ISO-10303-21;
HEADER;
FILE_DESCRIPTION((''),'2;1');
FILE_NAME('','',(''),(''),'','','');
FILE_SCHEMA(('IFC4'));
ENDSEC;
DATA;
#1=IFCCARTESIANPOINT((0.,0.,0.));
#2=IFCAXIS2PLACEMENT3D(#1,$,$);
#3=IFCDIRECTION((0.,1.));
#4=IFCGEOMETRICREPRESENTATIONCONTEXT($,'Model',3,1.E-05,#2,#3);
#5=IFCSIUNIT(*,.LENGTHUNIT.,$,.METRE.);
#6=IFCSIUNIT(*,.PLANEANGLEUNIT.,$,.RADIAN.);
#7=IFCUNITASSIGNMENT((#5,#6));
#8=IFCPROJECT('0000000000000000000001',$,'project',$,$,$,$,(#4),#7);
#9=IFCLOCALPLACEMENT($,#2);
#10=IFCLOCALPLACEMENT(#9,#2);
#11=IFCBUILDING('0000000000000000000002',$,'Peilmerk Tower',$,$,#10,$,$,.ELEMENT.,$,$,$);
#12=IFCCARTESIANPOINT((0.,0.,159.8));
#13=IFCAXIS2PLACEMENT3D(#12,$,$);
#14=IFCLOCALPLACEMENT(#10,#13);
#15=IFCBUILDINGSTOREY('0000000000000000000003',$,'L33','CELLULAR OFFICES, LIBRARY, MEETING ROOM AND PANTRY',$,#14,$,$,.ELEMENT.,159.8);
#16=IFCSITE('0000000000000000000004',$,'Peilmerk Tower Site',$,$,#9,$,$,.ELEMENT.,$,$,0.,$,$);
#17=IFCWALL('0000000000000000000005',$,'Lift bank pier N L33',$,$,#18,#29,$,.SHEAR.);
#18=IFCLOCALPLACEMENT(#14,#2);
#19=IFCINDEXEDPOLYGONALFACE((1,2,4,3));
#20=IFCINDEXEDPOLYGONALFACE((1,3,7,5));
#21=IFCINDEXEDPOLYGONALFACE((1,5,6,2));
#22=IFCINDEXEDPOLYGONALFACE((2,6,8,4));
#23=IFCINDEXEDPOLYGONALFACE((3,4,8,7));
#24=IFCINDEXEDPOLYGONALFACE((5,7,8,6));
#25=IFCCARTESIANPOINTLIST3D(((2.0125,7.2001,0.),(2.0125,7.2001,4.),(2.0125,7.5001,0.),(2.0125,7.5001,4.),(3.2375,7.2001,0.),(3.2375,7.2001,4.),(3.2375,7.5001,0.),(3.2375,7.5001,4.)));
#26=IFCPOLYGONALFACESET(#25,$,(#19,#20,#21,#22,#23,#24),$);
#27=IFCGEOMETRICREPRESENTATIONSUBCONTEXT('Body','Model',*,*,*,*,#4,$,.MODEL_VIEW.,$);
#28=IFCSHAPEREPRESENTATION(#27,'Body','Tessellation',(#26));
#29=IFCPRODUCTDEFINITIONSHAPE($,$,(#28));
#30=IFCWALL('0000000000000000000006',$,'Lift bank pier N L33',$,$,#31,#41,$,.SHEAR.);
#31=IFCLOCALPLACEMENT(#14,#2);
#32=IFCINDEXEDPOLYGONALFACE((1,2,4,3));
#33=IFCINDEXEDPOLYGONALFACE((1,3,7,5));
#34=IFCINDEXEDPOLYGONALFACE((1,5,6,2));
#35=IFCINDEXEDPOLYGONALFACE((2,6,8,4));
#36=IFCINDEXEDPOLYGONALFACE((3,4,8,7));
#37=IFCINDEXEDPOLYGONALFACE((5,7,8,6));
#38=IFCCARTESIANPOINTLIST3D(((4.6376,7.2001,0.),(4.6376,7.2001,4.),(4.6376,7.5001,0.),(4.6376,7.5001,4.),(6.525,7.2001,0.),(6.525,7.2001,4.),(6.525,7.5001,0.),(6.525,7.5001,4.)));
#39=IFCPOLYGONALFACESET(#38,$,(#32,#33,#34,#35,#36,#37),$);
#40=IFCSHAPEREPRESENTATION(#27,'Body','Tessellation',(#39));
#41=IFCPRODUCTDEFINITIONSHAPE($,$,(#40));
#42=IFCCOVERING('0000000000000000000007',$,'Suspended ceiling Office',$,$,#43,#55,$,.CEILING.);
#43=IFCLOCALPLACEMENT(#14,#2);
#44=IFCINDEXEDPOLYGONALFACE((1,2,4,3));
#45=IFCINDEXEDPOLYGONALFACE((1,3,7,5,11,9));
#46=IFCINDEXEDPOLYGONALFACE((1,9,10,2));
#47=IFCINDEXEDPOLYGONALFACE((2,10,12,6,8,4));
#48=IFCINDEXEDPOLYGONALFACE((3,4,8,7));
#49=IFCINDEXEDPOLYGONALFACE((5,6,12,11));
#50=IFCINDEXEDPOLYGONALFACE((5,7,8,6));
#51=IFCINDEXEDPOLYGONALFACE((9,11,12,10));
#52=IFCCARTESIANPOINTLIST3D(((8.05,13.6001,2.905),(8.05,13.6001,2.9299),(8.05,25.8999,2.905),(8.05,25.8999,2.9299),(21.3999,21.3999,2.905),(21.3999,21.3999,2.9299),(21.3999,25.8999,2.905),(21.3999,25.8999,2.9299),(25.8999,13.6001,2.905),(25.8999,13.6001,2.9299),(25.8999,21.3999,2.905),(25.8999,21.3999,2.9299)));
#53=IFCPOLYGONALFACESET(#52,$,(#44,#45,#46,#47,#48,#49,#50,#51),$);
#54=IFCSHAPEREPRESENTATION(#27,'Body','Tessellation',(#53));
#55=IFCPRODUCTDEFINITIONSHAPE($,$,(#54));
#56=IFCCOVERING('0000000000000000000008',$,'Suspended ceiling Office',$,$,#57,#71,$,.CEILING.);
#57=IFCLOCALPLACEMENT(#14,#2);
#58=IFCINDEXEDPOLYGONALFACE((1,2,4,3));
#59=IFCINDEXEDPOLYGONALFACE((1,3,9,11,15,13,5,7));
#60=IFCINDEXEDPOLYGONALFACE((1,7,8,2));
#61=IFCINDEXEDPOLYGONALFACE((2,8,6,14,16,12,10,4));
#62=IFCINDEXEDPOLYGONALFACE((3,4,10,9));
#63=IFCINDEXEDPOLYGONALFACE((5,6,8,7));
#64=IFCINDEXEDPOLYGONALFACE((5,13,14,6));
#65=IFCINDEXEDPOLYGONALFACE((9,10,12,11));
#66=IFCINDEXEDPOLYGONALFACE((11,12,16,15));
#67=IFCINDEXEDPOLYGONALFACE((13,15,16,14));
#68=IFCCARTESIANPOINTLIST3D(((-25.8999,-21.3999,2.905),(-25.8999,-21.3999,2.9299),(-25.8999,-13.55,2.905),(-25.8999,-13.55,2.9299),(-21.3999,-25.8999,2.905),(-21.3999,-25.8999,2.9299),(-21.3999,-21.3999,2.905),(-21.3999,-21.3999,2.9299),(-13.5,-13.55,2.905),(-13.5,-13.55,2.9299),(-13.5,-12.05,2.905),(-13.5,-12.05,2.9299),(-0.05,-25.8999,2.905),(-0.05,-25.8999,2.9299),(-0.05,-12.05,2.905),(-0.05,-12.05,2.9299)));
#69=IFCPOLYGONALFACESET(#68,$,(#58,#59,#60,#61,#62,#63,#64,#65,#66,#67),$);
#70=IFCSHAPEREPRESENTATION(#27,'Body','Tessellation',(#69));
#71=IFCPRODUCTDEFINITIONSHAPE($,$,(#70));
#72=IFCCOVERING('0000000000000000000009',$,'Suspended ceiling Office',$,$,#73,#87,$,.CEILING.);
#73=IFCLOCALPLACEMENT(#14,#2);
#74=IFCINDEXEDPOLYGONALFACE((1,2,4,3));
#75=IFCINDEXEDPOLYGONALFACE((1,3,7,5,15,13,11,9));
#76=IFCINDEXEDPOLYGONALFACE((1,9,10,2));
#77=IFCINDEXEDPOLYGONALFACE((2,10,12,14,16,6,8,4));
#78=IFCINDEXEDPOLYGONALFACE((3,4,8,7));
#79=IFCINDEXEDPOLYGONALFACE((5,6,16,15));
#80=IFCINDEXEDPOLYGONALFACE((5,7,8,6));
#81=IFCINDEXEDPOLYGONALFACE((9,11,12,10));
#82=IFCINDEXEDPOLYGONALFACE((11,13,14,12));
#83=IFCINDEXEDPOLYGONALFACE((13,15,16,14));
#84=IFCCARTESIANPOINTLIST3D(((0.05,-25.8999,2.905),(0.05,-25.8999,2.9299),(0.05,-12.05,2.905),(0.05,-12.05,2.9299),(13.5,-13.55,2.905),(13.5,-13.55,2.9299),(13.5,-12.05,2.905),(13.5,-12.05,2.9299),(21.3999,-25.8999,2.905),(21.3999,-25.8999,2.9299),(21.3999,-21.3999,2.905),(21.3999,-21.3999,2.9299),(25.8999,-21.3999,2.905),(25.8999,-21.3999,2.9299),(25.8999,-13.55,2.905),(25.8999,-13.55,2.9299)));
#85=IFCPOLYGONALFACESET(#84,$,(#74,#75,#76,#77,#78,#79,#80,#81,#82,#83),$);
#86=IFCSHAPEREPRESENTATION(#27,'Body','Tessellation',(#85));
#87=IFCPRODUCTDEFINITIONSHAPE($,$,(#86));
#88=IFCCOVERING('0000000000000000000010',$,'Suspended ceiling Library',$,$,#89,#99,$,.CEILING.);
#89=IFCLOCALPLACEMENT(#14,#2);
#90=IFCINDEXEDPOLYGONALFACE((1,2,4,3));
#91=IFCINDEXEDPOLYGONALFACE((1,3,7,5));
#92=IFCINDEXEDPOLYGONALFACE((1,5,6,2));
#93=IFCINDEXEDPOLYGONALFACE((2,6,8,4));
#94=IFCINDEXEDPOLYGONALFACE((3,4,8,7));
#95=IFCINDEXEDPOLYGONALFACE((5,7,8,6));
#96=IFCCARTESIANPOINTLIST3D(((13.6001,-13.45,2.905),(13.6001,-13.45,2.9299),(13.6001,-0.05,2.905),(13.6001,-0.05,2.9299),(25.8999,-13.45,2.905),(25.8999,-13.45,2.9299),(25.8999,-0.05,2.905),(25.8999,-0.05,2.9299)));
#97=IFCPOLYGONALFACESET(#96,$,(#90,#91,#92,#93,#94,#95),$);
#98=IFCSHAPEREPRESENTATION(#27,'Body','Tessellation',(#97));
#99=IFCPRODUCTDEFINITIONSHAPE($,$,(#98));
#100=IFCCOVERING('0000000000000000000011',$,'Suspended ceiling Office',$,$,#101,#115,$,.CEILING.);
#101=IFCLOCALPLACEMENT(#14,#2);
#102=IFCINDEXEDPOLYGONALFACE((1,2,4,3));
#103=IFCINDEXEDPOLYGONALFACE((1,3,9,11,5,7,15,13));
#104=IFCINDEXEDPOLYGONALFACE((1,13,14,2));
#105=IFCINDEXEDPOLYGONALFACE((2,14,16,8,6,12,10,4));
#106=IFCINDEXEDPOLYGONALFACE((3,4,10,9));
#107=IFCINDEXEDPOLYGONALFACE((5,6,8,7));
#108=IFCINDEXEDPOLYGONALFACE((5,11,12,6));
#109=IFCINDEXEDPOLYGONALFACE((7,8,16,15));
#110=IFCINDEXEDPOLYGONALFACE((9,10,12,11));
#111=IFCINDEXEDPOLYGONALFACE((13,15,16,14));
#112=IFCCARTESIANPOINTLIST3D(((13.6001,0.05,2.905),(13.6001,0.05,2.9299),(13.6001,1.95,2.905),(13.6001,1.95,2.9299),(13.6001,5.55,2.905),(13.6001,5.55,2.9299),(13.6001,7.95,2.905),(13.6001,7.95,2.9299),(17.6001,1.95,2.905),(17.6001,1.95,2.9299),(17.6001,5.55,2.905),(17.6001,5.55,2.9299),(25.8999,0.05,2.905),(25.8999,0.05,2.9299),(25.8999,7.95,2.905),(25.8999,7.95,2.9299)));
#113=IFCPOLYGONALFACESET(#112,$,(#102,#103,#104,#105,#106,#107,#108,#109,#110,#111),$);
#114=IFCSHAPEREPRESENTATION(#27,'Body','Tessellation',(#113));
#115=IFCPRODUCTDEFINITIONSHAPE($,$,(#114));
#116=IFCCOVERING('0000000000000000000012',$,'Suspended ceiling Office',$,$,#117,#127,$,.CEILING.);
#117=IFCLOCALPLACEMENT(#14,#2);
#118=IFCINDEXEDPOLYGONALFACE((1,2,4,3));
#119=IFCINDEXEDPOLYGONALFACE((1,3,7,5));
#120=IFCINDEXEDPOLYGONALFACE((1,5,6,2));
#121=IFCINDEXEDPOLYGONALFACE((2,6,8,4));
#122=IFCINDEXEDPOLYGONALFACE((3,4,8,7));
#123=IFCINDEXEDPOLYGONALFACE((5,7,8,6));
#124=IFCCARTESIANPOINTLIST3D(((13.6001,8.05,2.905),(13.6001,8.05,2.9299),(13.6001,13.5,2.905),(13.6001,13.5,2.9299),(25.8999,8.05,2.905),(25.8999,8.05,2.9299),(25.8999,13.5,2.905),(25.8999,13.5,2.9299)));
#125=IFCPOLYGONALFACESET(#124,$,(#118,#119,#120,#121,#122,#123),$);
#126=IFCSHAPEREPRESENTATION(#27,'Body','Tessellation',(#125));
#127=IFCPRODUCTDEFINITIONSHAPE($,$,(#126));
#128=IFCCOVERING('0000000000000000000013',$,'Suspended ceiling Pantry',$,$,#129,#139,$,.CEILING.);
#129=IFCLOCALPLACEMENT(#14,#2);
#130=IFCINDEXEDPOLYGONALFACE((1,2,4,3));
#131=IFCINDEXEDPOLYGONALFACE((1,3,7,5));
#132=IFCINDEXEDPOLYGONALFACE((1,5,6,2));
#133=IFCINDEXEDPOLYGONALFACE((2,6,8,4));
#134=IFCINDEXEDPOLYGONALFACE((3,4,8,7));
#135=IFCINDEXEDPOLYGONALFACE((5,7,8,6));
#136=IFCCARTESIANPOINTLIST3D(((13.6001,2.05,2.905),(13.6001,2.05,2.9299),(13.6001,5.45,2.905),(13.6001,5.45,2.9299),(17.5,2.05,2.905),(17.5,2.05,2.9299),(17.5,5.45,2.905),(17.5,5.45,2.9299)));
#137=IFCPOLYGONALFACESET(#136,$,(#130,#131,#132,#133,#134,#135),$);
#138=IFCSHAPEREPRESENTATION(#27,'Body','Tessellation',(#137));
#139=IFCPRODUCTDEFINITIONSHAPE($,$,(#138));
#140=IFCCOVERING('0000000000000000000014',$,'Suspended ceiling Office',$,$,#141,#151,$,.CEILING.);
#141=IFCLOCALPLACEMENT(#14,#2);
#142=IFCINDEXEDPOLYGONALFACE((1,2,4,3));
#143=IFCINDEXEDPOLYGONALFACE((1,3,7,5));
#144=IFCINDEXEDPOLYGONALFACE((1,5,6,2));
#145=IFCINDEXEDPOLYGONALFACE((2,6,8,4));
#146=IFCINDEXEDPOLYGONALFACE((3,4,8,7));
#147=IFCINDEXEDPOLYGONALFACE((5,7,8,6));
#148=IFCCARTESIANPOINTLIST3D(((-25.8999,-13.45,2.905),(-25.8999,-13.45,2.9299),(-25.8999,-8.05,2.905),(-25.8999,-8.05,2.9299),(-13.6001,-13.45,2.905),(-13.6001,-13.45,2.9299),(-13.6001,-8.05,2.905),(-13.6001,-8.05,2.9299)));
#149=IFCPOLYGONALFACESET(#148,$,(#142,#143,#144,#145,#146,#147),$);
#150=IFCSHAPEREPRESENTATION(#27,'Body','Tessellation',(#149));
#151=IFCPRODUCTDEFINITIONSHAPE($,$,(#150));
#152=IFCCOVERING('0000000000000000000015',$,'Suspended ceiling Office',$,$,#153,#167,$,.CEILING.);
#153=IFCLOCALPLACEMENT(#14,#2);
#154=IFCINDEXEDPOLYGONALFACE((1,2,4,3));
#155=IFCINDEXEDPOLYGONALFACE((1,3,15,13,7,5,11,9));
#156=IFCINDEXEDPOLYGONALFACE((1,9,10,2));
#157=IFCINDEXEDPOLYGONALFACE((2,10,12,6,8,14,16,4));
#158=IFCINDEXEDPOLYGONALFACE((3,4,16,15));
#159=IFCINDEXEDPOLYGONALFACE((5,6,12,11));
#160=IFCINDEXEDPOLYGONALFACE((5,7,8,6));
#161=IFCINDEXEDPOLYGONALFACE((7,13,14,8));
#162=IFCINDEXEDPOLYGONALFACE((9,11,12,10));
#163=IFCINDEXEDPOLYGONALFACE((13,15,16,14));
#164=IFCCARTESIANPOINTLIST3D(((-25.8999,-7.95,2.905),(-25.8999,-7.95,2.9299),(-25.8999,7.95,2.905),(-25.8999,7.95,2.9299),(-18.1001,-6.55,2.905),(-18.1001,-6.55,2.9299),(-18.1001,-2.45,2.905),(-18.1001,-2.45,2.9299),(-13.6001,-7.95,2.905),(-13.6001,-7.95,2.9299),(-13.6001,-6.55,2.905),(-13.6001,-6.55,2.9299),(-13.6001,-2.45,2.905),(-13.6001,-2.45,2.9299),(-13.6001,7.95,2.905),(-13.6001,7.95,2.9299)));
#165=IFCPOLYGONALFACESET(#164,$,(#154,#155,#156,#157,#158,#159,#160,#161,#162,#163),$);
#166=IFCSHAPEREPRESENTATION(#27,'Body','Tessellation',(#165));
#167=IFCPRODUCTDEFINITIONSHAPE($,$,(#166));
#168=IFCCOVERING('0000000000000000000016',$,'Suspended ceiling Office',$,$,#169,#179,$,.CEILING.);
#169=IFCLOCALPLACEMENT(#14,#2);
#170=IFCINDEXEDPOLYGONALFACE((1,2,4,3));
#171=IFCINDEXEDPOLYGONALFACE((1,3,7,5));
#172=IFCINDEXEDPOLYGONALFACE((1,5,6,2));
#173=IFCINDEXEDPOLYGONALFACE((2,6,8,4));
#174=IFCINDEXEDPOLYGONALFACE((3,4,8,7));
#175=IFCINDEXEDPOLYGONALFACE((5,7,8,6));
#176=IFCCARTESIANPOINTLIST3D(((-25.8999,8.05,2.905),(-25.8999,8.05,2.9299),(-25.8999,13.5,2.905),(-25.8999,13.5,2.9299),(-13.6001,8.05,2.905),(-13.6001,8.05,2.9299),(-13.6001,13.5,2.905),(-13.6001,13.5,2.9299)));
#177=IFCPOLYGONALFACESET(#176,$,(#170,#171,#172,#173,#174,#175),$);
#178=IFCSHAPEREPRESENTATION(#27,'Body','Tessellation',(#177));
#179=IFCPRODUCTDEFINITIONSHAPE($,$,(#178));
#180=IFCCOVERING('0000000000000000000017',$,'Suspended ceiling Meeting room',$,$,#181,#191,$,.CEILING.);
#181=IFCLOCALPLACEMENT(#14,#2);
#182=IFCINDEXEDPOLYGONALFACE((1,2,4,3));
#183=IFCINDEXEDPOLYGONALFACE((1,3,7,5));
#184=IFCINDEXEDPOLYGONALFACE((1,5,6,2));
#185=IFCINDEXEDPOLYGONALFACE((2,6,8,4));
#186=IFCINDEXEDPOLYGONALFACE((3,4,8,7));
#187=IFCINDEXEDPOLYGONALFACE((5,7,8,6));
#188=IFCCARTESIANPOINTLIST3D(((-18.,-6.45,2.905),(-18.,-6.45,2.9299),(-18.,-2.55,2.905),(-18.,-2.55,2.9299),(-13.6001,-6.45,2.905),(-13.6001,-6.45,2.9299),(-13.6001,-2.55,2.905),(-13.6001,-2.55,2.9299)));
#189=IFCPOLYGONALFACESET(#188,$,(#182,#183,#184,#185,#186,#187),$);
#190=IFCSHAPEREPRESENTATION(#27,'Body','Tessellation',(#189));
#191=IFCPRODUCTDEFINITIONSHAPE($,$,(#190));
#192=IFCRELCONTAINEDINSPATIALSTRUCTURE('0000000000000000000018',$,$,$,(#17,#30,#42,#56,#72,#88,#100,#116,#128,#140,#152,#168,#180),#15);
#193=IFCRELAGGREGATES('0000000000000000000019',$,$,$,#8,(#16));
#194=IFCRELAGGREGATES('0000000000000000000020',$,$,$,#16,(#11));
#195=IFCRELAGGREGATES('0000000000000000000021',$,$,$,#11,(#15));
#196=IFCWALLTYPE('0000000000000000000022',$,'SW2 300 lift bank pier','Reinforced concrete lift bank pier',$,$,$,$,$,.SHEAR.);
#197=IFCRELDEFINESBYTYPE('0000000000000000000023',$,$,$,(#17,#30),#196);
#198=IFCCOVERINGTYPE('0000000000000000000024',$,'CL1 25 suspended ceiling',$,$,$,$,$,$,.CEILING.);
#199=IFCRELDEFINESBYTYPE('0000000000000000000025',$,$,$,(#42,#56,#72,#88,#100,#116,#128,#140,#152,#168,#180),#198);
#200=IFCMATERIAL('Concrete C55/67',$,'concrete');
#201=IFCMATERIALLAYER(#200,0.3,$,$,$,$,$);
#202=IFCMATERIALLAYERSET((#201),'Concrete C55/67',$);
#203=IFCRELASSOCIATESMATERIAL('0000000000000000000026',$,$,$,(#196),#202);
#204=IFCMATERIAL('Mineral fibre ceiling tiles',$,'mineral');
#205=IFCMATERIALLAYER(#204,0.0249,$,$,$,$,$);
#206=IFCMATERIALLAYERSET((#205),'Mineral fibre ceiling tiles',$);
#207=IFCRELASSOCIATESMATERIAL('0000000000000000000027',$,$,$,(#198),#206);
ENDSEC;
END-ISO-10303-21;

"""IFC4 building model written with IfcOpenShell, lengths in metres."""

from ifc_helpers import new_model, si_unit, direction, frame, frame_2d, origin, place, context, subcontext, project, spatial, polyline, rectangle, outline, extrude, material, layer, layer_set, type_object, element, save


model = new_model("IFC4")

# Units and contexts
model_context = context("Model", 3, precision=1e-05, world=origin(), true_north=direction((0.0, 1.0)))
body_context = subcontext(model_context, "Body", "Model", "MODEL_VIEW")
ifc_project = project(units=[si_unit("LENGTHUNIT", "METRE"), si_unit("PLANEANGLEUNIT", "RADIAN")], contexts=[model_context])

# Site, building, storey
site_placement = place(None, origin())
site = spatial("IfcSite", under=ifc_project, at=site_placement, Name="Peilmerk Tower Site", CompositionType="ELEMENT", RefElevation=0.0)
building_placement = place(site_placement, origin())
building = spatial("IfcBuilding", under=site, at=building_placement, Name="Peilmerk Tower", CompositionType="ELEMENT")
storey_placement = place(building_placement, frame((0.0, 0.0, 159.8)))
storey = spatial("IfcBuildingStorey", under=building, at=storey_placement, Name="L33", Description="CELLULAR OFFICES, LIBRARY, MEETING ROOM AND PANTRY", CompositionType="ELEMENT", Elevation=159.8)

# Walls
ifc_material_1 = material(Name="Concrete C55/67", Category="concrete")
ifc_layer_1 = layer(ifc_material_1, 0.3)
ifc_layer_set_1 = layer_set([ifc_layer_1], Name="Concrete C55/67")
wall_type_1 = type_object("IfcWallType", Name="SW2 300 lift bank pier", Description="Reinforced concrete lift bank pier", PredefinedType="SHEAR", material=ifc_layer_set_1)
wall_1_placement = place(storey_placement, frame((2.0125, 7.3501, 0.0), z_axis=(0.0, 0.0, 1.0), x_axis=(1.0, 0.0, 0.0)))
element("IfcWall", 1, at=wall_1_placement, inside=storey, type_object=wall_type_1, Name="Lift bank pier N L33", PredefinedType="SHEAR", context=body_context, shape_type="SweptSolid", body=[
    extrude(rectangle(XDim=1.2251, YDim=0.3, at=frame_2d((0.6125, 0.0))), origin(), (0.0, 0.0, 1.0), 4.0),
])
wall_2_placement = place(storey_placement, frame((4.6375, 7.3501, 0.0), z_axis=(0.0, 0.0, 1.0), x_axis=(1.0, 0.0, 0.0)))
element("IfcWall", 2, at=wall_2_placement, inside=storey, type_object=wall_type_1, Name="Lift bank pier N L33", PredefinedType="SHEAR", context=body_context, shape_type="SweptSolid", body=[
    extrude(rectangle(XDim=1.8875, YDim=0.3, at=frame_2d((0.9438, 0.0))), origin(), (0.0, 0.0, 1.0), 4.0),
])

# Coverings
ifc_material_2 = material(Name="Mineral fibre ceiling tiles", Category="mineral")
ifc_layer_2 = layer(ifc_material_2, 0.0249)
ifc_layer_set_2 = layer_set([ifc_layer_2], Name="Mineral fibre ceiling tiles")
covering_type = type_object("IfcCoveringType", Name="CL1 25 suspended ceiling", PredefinedType="CEILING", material=ifc_layer_set_2)
covering_1_placement = place(storey_placement, frame((0.0, 0.0, 2.905)))
element("IfcCovering", 3, at=covering_1_placement, inside=storey, type_object=covering_type, Name="Suspended ceiling Office", PredefinedType="CEILING", context=body_context, shape_type="SweptSolid", body=[
    extrude(outline(polyline([(21.3999, 25.8999), (8.05, 25.8999), (8.05, 13.6001), (25.8999, 13.6001), (25.8999, 21.3999), (21.3999, 21.3999), (21.3999, 25.8999)])), origin(), (0.0, 0.0, 1.0), 0.0249),
])
covering_2_placement = place(storey_placement, frame((0.0, 0.0, 2.905)))
element("IfcCovering", 4, at=covering_2_placement, inside=storey, type_object=covering_type, Name="Suspended ceiling Office", PredefinedType="CEILING", context=body_context, shape_type="SweptSolid", body=[
    extrude(outline(polyline([(-21.3999, -25.8999), (-0.05, -25.8999), (-0.05, -12.05), (-13.5, -12.05), (-13.5, -13.55), (-25.8999, -13.55), (-25.8999, -21.3999), (-21.3999, -21.3999), (-21.3999, -25.8999)])), origin(), (0.0, 0.0, 1.0), 0.0249),
])
covering_3_placement = place(storey_placement, frame((0.0, 0.0, 2.905)))
element("IfcCovering", 5, at=covering_3_placement, inside=storey, type_object=covering_type, Name="Suspended ceiling Office", PredefinedType="CEILING", context=body_context, shape_type="SweptSolid", body=[
    extrude(outline(polyline([(0.05, -25.8999), (21.3999, -25.8999), (21.3999, -21.3999), (25.8999, -21.3999), (25.8999, -13.55), (13.5, -13.55), (13.5, -12.05), (0.05, -12.05), (0.05, -25.8999)])), origin(), (0.0, 0.0, 1.0), 0.0249),
])
covering_4_placement = place(storey_placement, frame((0.0, 0.0, 2.905)))
element("IfcCovering", 6, at=covering_4_placement, inside=storey, type_object=covering_type, Name="Suspended ceiling Library", PredefinedType="CEILING", context=body_context, shape_type="SweptSolid", body=[
    extrude(outline(polyline([(25.8999, -13.45), (25.8999, -0.05), (13.6001, -0.05), (13.6001, -13.45), (25.8999, -13.45)])), origin(), (0.0, 0.0, 1.0), 0.0249),
])
covering_5_placement = place(storey_placement, frame((0.0, 0.0, 2.905)))
element("IfcCovering", 7, at=covering_5_placement, inside=storey, type_object=covering_type, Name="Suspended ceiling Office", PredefinedType="CEILING", context=body_context, shape_type="SweptSolid", body=[
    extrude(outline(polyline([(13.6001, 0.05), (25.8999, 0.05), (25.8999, 7.95), (13.6001, 7.95), (13.6001, 5.55), (17.6001, 5.55), (17.6001, 1.95), (13.6001, 1.95), (13.6001, 0.05)])), origin(), (0.0, 0.0, 1.0), 0.0249),
])
covering_6_placement = place(storey_placement, frame((0.0, 0.0, 2.905)))
element("IfcCovering", 8, at=covering_6_placement, inside=storey, type_object=covering_type, Name="Suspended ceiling Office", PredefinedType="CEILING", context=body_context, shape_type="SweptSolid", body=[
    extrude(outline(polyline([(25.8999, 8.05), (25.8999, 13.5), (13.6001, 13.5), (13.6001, 8.05), (25.8999, 8.05)])), origin(), (0.0, 0.0, 1.0), 0.0249),
])
covering_7_placement = place(storey_placement, frame((0.0, 0.0, 2.905)))
element("IfcCovering", 9, at=covering_7_placement, inside=storey, type_object=covering_type, Name="Suspended ceiling Pantry", PredefinedType="CEILING", context=body_context, shape_type="SweptSolid", body=[
    extrude(outline(polyline([(17.5, 2.05), (17.5, 5.45), (13.6001, 5.45), (13.6001, 2.05), (17.5, 2.05)])), origin(), (0.0, 0.0, 1.0), 0.0249),
])
covering_8_placement = place(storey_placement, frame((0.0, 0.0, 2.905)))
element("IfcCovering", 10, at=covering_8_placement, inside=storey, type_object=covering_type, Name="Suspended ceiling Office", PredefinedType="CEILING", context=body_context, shape_type="SweptSolid", body=[
    extrude(outline(polyline([(-25.8999, -8.05), (-25.8999, -13.45), (-13.6001, -13.45), (-13.6001, -8.05), (-25.8999, -8.05)])), origin(), (0.0, 0.0, 1.0), 0.0249),
])
covering_9_placement = place(storey_placement, frame((0.0, 0.0, 2.905)))
element("IfcCovering", 11, at=covering_9_placement, inside=storey, type_object=covering_type, Name="Suspended ceiling Office", PredefinedType="CEILING", context=body_context, shape_type="SweptSolid", body=[
    extrude(outline(polyline([(-13.6001, 7.95), (-25.8999, 7.95), (-25.8999, -7.95), (-13.6001, -7.95), (-13.6001, -6.55), (-18.1001, -6.55), (-18.1001, -2.45), (-13.6001, -2.45), (-13.6001, 7.95)])), origin(), (0.0, 0.0, 1.0), 0.0249),
])
covering_10_placement = place(storey_placement, frame((0.0, 0.0, 2.905)))
element("IfcCovering", 12, at=covering_10_placement, inside=storey, type_object=covering_type, Name="Suspended ceiling Office", PredefinedType="CEILING", context=body_context, shape_type="SweptSolid", body=[
    extrude(outline(polyline([(-25.8999, 13.5), (-25.8999, 8.05), (-13.6001, 8.05), (-13.6001, 13.5), (-25.8999, 13.5)])), origin(), (0.0, 0.0, 1.0), 0.0249),
])
covering_11_placement = place(storey_placement, frame((0.0, 0.0, 2.905)))
element("IfcCovering", 13, at=covering_11_placement, inside=storey, type_object=covering_type, Name="Suspended ceiling Meeting room", PredefinedType="CEILING", context=body_context, shape_type="SweptSolid", body=[
    extrude(outline(polyline([(-13.6001, -6.45), (-13.6001, -2.55), (-18.0, -2.55), (-18.0, -6.45), (-13.6001, -6.45)])), origin(), (0.0, 0.0, 1.0), 0.0249),
])

save(model, "model.ifc")
